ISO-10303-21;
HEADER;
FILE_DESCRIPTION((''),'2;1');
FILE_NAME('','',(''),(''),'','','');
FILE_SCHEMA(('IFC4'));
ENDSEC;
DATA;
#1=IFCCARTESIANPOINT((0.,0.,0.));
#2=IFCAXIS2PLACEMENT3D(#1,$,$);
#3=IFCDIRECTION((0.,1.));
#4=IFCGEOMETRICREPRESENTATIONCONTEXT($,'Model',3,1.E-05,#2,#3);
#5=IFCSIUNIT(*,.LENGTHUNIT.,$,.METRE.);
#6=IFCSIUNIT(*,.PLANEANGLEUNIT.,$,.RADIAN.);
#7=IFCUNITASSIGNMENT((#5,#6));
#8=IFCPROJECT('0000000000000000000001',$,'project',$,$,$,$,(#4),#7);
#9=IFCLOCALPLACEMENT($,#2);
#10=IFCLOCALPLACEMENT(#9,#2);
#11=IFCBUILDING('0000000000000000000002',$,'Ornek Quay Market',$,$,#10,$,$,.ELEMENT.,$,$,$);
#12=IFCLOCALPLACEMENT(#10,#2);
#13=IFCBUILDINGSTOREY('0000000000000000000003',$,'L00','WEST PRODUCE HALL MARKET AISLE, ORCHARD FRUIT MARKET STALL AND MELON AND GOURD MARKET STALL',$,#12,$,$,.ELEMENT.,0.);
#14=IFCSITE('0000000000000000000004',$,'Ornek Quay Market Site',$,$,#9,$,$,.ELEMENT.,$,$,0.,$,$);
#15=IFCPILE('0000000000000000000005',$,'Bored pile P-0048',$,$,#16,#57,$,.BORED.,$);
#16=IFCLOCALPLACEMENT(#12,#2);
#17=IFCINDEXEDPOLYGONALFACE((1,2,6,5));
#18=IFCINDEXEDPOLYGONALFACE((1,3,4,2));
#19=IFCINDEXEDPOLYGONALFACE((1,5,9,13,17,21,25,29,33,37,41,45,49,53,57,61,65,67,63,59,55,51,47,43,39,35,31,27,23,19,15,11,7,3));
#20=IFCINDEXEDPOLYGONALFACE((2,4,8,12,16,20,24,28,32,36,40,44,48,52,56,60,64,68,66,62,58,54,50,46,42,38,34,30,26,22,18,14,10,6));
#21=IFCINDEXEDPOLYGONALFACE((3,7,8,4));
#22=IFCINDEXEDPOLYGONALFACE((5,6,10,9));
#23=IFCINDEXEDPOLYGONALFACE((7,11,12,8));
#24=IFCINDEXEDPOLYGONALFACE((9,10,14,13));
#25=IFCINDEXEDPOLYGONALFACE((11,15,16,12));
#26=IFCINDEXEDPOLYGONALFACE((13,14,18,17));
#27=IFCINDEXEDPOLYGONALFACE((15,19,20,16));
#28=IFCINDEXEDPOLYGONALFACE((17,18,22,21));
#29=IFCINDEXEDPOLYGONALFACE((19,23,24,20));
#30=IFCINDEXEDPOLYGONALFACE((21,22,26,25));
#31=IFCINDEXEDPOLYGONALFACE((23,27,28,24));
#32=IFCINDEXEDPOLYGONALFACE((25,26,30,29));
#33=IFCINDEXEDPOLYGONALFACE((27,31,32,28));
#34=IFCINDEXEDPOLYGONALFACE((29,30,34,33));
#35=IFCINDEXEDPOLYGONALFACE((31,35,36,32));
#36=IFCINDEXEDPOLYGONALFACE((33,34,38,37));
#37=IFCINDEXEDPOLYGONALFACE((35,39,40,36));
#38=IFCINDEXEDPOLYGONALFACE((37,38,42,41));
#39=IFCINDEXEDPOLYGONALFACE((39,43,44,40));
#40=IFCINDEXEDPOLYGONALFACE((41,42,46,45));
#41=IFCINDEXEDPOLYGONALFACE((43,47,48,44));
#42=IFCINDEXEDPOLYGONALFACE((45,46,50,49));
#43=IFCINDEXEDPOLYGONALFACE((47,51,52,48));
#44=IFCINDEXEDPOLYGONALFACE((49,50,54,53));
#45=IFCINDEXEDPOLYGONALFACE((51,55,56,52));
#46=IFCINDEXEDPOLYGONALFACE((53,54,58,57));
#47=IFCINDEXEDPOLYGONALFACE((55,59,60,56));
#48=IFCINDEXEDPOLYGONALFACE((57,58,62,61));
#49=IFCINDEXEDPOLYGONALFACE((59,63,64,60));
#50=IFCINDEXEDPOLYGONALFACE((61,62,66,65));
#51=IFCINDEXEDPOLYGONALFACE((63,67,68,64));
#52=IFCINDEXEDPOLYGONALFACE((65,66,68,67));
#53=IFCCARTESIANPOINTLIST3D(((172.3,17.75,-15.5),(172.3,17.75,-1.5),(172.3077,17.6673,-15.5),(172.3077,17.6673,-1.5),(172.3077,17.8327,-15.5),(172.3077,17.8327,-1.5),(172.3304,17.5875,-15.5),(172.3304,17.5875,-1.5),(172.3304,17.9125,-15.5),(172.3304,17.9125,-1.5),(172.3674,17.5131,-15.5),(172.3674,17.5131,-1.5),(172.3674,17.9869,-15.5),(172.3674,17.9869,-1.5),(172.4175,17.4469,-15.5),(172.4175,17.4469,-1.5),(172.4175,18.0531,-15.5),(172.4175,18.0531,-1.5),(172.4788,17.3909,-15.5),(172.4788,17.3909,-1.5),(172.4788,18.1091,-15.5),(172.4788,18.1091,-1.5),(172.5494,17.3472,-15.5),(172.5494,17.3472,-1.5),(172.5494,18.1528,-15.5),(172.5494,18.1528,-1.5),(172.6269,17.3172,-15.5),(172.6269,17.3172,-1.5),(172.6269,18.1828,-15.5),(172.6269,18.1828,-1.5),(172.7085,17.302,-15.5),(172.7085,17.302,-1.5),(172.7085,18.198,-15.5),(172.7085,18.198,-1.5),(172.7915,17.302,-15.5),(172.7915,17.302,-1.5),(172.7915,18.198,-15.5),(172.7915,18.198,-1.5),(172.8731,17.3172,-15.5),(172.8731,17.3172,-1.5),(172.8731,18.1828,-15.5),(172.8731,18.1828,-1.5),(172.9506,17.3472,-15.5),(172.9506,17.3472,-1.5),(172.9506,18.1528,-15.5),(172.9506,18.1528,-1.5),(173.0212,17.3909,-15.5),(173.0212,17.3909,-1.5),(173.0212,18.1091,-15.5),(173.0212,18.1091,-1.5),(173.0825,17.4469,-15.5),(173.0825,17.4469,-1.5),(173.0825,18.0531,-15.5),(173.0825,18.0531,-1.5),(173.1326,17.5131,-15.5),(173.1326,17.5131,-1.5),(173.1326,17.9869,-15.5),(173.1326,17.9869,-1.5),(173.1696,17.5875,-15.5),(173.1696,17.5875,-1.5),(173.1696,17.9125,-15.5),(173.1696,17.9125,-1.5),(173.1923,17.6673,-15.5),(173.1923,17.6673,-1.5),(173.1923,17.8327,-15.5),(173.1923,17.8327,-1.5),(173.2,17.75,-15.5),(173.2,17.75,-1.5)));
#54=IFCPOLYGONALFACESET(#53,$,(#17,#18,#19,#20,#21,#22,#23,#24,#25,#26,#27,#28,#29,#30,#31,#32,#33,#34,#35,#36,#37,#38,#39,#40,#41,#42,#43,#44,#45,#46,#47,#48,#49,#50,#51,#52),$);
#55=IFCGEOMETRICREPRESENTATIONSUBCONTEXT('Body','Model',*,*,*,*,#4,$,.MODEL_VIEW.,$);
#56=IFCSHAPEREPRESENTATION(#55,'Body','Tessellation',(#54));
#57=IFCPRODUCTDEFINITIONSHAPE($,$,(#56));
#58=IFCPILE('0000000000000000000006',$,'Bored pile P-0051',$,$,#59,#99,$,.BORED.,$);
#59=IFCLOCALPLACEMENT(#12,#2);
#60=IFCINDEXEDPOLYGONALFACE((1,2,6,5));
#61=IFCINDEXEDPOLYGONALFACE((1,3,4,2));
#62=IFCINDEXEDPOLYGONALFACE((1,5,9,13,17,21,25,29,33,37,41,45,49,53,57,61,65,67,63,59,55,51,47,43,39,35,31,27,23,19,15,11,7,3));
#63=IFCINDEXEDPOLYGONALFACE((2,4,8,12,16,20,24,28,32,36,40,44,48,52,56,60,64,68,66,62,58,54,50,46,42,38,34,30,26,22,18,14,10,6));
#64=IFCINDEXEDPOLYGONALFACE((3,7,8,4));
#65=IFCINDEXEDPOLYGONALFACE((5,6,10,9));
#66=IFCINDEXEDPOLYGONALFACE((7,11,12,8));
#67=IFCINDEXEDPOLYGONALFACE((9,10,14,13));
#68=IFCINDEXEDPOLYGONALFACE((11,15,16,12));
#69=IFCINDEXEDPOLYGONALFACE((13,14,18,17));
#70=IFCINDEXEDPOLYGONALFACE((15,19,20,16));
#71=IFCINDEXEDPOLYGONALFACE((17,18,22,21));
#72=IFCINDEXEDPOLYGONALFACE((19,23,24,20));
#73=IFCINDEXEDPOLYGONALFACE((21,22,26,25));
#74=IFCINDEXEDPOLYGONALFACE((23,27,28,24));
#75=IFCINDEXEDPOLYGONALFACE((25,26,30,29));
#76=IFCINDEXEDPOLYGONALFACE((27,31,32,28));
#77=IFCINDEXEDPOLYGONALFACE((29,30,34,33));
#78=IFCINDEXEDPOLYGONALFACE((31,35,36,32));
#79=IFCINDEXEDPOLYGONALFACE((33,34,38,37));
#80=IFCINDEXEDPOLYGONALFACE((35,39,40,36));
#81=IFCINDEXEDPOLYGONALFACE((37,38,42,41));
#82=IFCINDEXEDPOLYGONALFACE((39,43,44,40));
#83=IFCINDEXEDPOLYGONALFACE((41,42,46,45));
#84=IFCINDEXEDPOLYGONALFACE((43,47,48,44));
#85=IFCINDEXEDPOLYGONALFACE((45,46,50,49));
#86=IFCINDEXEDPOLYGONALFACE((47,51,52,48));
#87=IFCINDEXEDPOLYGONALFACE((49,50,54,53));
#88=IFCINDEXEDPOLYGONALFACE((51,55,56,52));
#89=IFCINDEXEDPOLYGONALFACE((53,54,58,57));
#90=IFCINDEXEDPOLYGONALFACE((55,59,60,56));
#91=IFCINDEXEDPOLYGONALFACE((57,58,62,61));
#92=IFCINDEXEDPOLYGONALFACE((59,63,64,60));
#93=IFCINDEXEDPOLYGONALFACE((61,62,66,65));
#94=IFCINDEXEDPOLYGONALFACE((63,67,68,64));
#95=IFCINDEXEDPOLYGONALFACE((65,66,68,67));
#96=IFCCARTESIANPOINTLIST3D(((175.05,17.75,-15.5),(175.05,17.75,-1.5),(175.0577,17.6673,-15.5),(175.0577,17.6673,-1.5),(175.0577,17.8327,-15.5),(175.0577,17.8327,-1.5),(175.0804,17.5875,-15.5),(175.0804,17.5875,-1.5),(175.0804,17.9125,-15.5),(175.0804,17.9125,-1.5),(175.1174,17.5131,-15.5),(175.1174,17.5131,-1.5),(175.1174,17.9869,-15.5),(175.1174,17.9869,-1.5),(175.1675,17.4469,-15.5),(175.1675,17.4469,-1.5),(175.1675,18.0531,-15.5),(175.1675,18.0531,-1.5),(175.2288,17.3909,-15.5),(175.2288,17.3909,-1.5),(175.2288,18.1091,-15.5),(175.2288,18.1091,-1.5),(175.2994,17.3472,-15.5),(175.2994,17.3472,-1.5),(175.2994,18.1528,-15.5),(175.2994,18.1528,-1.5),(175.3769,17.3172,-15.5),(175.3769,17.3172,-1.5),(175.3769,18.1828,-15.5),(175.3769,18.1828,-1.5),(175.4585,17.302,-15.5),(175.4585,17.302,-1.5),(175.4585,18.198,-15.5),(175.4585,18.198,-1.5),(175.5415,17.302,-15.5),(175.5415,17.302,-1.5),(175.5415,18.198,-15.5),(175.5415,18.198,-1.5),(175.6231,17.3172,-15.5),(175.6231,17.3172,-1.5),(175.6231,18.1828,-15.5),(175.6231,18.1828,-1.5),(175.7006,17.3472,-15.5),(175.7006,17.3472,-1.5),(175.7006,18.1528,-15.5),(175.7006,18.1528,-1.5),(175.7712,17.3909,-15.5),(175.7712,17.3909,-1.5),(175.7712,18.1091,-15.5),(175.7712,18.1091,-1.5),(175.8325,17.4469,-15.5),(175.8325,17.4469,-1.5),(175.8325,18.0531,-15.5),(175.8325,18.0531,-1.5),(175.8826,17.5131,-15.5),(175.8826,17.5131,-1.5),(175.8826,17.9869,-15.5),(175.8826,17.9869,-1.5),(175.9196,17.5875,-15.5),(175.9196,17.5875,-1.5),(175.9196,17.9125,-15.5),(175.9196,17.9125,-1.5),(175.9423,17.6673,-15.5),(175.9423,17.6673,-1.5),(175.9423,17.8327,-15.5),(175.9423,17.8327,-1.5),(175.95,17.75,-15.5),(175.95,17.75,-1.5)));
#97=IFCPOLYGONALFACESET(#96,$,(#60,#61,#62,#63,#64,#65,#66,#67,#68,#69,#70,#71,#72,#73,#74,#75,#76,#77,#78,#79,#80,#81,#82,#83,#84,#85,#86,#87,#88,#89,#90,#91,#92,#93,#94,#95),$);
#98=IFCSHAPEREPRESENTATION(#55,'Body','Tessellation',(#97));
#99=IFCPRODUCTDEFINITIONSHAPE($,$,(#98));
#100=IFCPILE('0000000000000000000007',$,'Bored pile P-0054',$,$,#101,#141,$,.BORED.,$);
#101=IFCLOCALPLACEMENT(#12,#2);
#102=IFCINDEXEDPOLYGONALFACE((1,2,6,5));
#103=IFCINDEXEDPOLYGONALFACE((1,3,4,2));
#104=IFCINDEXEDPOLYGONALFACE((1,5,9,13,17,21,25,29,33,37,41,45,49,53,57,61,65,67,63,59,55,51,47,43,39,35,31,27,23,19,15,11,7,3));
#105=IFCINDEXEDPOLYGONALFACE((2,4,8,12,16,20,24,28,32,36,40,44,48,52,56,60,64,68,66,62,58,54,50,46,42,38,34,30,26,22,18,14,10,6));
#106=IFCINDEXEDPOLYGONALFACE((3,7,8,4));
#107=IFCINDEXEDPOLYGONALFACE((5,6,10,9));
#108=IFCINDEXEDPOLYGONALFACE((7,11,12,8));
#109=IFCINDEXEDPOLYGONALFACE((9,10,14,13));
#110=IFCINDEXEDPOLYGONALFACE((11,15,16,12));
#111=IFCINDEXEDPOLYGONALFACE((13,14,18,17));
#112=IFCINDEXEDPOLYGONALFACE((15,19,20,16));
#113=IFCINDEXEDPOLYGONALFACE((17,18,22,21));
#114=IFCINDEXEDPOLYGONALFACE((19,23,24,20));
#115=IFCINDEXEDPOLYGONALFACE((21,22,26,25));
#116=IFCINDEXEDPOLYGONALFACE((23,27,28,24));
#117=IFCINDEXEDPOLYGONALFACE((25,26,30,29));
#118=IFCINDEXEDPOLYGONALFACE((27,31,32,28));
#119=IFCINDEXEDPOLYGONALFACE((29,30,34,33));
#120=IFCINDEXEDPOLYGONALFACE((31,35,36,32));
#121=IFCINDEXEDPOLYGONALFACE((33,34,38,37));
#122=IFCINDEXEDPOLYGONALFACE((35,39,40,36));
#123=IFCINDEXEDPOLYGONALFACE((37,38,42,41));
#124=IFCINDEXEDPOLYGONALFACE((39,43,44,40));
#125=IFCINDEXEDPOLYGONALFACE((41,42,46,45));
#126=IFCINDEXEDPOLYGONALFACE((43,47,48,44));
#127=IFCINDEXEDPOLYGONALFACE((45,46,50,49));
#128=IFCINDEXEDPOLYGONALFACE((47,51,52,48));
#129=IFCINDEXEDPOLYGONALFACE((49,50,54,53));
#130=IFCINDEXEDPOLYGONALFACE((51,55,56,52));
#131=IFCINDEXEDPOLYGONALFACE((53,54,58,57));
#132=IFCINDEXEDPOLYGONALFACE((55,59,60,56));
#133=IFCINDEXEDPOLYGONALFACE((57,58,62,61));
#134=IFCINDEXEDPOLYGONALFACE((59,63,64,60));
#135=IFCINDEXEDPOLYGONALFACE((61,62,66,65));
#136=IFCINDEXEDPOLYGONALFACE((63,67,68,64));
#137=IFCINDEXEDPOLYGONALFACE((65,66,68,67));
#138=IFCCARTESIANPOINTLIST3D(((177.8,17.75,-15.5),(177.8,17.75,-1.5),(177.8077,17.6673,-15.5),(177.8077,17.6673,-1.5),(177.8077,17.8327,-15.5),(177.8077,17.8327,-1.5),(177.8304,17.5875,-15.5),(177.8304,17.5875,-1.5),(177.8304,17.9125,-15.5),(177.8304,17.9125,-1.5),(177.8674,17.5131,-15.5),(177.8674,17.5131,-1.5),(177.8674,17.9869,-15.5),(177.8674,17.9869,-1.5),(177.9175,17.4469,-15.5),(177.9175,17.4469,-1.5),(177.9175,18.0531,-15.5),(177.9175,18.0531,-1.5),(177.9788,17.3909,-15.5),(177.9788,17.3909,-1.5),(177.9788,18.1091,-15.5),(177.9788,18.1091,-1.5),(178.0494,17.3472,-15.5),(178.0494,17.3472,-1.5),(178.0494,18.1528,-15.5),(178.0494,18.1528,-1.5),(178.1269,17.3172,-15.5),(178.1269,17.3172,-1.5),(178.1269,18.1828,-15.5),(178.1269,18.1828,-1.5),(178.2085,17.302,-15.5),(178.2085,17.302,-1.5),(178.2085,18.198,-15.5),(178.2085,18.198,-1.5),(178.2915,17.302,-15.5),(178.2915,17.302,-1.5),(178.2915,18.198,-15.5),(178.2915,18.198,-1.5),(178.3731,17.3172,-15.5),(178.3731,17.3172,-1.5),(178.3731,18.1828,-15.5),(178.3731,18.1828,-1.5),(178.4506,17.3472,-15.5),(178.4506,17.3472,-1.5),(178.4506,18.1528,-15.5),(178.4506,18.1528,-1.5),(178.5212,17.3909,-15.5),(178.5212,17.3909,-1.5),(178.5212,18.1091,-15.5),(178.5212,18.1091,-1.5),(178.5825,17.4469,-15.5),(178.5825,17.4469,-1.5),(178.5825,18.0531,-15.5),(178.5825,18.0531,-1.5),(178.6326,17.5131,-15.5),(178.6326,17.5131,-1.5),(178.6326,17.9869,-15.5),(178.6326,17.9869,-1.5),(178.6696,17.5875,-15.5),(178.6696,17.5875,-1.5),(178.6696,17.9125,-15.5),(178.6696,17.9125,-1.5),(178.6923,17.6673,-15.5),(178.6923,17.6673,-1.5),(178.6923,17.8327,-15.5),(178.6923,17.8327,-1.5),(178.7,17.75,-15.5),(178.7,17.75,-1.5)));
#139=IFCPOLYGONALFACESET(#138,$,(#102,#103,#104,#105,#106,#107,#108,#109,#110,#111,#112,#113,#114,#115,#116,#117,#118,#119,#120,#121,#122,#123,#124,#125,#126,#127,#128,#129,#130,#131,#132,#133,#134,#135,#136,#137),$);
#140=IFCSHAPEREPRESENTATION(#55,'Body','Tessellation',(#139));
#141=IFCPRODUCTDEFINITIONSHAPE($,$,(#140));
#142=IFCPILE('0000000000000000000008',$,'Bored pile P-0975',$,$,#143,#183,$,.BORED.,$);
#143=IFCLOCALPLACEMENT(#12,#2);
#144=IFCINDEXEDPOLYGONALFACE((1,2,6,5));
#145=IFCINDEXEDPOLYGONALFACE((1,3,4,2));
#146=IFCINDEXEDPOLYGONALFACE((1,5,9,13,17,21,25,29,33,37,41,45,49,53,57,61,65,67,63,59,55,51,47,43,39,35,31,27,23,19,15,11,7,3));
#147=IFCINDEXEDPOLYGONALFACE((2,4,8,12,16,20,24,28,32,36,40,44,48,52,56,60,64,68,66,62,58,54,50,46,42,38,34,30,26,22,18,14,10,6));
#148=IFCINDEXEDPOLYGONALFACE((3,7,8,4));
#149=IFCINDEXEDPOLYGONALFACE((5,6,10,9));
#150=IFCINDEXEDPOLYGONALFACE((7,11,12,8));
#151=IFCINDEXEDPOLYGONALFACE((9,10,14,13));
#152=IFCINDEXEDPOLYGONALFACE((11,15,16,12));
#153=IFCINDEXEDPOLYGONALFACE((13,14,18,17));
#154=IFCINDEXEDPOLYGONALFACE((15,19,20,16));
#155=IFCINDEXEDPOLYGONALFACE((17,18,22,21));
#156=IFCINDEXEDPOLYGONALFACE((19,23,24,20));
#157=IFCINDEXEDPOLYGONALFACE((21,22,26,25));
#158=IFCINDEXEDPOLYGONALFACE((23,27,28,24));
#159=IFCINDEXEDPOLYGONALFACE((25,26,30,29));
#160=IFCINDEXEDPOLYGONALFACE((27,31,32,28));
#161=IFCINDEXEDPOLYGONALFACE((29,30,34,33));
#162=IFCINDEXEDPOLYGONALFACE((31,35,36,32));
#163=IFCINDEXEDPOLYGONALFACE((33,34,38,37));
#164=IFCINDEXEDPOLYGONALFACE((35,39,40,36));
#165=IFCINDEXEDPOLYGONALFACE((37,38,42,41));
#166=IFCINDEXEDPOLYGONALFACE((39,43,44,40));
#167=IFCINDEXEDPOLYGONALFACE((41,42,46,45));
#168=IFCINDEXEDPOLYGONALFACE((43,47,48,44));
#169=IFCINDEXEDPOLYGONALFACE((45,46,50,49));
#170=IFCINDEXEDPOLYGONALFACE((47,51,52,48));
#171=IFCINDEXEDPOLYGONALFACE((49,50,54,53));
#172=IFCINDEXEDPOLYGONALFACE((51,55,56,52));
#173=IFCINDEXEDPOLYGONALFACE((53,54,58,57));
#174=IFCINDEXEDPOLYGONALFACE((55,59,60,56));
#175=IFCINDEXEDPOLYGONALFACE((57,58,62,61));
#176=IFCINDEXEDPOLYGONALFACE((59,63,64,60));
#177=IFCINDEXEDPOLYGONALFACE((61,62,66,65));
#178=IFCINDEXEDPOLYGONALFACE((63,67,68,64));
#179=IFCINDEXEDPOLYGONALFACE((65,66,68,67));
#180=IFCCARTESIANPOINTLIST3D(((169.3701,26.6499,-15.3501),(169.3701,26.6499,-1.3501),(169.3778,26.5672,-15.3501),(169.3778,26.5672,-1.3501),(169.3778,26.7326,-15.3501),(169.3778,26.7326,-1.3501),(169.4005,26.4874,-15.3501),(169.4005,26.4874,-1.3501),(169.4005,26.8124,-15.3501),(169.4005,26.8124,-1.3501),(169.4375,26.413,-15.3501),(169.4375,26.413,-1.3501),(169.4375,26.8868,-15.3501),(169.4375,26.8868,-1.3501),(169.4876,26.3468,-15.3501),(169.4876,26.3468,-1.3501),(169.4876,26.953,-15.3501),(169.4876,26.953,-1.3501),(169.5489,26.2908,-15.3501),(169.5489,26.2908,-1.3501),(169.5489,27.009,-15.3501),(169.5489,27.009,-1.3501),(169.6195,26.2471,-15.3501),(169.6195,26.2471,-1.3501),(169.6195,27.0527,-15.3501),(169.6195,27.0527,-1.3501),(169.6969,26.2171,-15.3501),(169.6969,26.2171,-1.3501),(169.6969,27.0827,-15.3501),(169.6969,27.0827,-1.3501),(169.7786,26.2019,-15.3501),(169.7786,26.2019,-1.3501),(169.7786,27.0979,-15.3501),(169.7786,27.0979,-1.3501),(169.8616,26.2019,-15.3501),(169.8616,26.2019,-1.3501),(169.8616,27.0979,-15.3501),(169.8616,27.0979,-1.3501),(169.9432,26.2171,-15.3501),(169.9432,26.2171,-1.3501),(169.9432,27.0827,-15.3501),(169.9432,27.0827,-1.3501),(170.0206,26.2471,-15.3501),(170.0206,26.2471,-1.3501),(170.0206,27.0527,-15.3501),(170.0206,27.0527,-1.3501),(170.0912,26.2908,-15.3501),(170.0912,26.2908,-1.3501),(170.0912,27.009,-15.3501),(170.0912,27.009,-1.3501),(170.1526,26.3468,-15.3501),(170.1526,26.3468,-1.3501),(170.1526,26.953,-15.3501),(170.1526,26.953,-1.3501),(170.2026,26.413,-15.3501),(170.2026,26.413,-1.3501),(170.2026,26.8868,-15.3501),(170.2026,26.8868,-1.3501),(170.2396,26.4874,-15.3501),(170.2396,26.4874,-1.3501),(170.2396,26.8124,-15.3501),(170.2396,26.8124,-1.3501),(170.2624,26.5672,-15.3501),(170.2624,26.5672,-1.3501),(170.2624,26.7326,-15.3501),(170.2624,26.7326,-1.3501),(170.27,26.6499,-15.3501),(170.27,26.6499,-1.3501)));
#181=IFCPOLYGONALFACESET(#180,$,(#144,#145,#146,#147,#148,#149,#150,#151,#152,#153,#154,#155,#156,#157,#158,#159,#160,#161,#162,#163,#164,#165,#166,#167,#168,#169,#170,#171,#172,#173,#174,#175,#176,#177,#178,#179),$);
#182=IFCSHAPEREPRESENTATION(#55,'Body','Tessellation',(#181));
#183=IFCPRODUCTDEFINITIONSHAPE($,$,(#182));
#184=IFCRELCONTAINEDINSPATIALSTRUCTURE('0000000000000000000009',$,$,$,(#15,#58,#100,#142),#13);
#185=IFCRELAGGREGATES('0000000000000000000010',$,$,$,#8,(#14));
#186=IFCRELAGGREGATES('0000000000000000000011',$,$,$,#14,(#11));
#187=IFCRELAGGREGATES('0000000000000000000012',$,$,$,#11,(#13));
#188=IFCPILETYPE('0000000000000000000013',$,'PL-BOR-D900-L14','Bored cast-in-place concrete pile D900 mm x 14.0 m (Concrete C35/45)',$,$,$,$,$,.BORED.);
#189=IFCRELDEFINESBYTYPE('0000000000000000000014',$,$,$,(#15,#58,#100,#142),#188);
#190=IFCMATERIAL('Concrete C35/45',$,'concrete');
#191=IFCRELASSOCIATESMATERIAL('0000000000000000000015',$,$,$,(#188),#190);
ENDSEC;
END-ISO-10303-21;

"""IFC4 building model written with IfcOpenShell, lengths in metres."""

from ifc_helpers import new_model, si_unit, direction, frame, origin, origin_2d, place, context, subcontext, project, spatial, circle, extrude, material, material_profile, profile_set, type_object, element, save


model = new_model("IFC4")

# Units and contexts
model_context = context("Model", 3, precision=1e-05, world=origin(), true_north=direction((0.0, 1.0)))
body_context = subcontext(model_context, "Body", "Model", "MODEL_VIEW")
ifc_project = project(units=[si_unit("LENGTHUNIT", "METRE"), si_unit("PLANEANGLEUNIT", "RADIAN")], contexts=[model_context])

# Site, building, storey
site_placement = place(None, origin())
site = spatial("IfcSite", under=ifc_project, at=site_placement, Name="Ornek Quay Market Site", CompositionType="ELEMENT", RefElevation=0.0)
building_placement = place(site_placement, origin())
building = spatial("IfcBuilding", under=site, at=building_placement, Name="Ornek Quay Market", CompositionType="ELEMENT")
storey_placement = place(building_placement, origin())
storey = spatial("IfcBuildingStorey", under=building, at=storey_placement, Name="L00", Description="WEST PRODUCE HALL MARKET AISLE, ORCHARD FRUIT MARKET STALL AND MELON AND GOURD MARKET STALL", CompositionType="ELEMENT", Elevation=0.0)

# Piles
ifc_material_1 = material(Name="Concrete C35/45", Category="concrete")
ifc_material_profile_1 = material_profile(ifc_material_1, circle(Radius=0.45, at=origin_2d()), Name="PILE D900", Category="concrete")
ifc_profile_set_1 = profile_set([ifc_material_profile_1], Name="Concrete C35/45")
pile_type = type_object("IfcPileType", Name="PL-BOR-D900-L14", Description="Bored cast-in-place concrete pile D900 mm x 14.0 m (Concrete C35/45)", PredefinedType="BORED", material=ifc_profile_set_1)
for number, where, z_axis, x_axis, name in (
    (1, (172.75, 17.75, -1.5), (0.0, 0.0, -1.0), (1.0, 0.0, 0.0), "Bored pile P-0048"),
    (2, (175.5, 17.75, -1.5), (0.0, 0.0, -1.0), (1.0, 0.0, 0.0), "Bored pile P-0051"),
    (3, (178.25, 17.75, -1.5), (0.0, 0.0, -1.0), (1.0, 0.0, 0.0), "Bored pile P-0054"),
    (4, (169.8201, 26.6499, -1.3501), (0.0, 0.0, -1.0), (1.0, 0.0, 0.0), "Bored pile P-0975"),
):
    element("IfcPile", number, at=place(storey_placement, frame(where, z_axis=z_axis, x_axis=x_axis)), inside=storey, type_object=pile_type, Name=name, PredefinedType="BORED", context=body_context, shape_type="SweptSolid", body=[
        extrude(circle(Radius=0.45, at=origin_2d()), origin(), (0.0, 0.0, 1.0), 14.0),
    ])

save(model, "model.ifc")
